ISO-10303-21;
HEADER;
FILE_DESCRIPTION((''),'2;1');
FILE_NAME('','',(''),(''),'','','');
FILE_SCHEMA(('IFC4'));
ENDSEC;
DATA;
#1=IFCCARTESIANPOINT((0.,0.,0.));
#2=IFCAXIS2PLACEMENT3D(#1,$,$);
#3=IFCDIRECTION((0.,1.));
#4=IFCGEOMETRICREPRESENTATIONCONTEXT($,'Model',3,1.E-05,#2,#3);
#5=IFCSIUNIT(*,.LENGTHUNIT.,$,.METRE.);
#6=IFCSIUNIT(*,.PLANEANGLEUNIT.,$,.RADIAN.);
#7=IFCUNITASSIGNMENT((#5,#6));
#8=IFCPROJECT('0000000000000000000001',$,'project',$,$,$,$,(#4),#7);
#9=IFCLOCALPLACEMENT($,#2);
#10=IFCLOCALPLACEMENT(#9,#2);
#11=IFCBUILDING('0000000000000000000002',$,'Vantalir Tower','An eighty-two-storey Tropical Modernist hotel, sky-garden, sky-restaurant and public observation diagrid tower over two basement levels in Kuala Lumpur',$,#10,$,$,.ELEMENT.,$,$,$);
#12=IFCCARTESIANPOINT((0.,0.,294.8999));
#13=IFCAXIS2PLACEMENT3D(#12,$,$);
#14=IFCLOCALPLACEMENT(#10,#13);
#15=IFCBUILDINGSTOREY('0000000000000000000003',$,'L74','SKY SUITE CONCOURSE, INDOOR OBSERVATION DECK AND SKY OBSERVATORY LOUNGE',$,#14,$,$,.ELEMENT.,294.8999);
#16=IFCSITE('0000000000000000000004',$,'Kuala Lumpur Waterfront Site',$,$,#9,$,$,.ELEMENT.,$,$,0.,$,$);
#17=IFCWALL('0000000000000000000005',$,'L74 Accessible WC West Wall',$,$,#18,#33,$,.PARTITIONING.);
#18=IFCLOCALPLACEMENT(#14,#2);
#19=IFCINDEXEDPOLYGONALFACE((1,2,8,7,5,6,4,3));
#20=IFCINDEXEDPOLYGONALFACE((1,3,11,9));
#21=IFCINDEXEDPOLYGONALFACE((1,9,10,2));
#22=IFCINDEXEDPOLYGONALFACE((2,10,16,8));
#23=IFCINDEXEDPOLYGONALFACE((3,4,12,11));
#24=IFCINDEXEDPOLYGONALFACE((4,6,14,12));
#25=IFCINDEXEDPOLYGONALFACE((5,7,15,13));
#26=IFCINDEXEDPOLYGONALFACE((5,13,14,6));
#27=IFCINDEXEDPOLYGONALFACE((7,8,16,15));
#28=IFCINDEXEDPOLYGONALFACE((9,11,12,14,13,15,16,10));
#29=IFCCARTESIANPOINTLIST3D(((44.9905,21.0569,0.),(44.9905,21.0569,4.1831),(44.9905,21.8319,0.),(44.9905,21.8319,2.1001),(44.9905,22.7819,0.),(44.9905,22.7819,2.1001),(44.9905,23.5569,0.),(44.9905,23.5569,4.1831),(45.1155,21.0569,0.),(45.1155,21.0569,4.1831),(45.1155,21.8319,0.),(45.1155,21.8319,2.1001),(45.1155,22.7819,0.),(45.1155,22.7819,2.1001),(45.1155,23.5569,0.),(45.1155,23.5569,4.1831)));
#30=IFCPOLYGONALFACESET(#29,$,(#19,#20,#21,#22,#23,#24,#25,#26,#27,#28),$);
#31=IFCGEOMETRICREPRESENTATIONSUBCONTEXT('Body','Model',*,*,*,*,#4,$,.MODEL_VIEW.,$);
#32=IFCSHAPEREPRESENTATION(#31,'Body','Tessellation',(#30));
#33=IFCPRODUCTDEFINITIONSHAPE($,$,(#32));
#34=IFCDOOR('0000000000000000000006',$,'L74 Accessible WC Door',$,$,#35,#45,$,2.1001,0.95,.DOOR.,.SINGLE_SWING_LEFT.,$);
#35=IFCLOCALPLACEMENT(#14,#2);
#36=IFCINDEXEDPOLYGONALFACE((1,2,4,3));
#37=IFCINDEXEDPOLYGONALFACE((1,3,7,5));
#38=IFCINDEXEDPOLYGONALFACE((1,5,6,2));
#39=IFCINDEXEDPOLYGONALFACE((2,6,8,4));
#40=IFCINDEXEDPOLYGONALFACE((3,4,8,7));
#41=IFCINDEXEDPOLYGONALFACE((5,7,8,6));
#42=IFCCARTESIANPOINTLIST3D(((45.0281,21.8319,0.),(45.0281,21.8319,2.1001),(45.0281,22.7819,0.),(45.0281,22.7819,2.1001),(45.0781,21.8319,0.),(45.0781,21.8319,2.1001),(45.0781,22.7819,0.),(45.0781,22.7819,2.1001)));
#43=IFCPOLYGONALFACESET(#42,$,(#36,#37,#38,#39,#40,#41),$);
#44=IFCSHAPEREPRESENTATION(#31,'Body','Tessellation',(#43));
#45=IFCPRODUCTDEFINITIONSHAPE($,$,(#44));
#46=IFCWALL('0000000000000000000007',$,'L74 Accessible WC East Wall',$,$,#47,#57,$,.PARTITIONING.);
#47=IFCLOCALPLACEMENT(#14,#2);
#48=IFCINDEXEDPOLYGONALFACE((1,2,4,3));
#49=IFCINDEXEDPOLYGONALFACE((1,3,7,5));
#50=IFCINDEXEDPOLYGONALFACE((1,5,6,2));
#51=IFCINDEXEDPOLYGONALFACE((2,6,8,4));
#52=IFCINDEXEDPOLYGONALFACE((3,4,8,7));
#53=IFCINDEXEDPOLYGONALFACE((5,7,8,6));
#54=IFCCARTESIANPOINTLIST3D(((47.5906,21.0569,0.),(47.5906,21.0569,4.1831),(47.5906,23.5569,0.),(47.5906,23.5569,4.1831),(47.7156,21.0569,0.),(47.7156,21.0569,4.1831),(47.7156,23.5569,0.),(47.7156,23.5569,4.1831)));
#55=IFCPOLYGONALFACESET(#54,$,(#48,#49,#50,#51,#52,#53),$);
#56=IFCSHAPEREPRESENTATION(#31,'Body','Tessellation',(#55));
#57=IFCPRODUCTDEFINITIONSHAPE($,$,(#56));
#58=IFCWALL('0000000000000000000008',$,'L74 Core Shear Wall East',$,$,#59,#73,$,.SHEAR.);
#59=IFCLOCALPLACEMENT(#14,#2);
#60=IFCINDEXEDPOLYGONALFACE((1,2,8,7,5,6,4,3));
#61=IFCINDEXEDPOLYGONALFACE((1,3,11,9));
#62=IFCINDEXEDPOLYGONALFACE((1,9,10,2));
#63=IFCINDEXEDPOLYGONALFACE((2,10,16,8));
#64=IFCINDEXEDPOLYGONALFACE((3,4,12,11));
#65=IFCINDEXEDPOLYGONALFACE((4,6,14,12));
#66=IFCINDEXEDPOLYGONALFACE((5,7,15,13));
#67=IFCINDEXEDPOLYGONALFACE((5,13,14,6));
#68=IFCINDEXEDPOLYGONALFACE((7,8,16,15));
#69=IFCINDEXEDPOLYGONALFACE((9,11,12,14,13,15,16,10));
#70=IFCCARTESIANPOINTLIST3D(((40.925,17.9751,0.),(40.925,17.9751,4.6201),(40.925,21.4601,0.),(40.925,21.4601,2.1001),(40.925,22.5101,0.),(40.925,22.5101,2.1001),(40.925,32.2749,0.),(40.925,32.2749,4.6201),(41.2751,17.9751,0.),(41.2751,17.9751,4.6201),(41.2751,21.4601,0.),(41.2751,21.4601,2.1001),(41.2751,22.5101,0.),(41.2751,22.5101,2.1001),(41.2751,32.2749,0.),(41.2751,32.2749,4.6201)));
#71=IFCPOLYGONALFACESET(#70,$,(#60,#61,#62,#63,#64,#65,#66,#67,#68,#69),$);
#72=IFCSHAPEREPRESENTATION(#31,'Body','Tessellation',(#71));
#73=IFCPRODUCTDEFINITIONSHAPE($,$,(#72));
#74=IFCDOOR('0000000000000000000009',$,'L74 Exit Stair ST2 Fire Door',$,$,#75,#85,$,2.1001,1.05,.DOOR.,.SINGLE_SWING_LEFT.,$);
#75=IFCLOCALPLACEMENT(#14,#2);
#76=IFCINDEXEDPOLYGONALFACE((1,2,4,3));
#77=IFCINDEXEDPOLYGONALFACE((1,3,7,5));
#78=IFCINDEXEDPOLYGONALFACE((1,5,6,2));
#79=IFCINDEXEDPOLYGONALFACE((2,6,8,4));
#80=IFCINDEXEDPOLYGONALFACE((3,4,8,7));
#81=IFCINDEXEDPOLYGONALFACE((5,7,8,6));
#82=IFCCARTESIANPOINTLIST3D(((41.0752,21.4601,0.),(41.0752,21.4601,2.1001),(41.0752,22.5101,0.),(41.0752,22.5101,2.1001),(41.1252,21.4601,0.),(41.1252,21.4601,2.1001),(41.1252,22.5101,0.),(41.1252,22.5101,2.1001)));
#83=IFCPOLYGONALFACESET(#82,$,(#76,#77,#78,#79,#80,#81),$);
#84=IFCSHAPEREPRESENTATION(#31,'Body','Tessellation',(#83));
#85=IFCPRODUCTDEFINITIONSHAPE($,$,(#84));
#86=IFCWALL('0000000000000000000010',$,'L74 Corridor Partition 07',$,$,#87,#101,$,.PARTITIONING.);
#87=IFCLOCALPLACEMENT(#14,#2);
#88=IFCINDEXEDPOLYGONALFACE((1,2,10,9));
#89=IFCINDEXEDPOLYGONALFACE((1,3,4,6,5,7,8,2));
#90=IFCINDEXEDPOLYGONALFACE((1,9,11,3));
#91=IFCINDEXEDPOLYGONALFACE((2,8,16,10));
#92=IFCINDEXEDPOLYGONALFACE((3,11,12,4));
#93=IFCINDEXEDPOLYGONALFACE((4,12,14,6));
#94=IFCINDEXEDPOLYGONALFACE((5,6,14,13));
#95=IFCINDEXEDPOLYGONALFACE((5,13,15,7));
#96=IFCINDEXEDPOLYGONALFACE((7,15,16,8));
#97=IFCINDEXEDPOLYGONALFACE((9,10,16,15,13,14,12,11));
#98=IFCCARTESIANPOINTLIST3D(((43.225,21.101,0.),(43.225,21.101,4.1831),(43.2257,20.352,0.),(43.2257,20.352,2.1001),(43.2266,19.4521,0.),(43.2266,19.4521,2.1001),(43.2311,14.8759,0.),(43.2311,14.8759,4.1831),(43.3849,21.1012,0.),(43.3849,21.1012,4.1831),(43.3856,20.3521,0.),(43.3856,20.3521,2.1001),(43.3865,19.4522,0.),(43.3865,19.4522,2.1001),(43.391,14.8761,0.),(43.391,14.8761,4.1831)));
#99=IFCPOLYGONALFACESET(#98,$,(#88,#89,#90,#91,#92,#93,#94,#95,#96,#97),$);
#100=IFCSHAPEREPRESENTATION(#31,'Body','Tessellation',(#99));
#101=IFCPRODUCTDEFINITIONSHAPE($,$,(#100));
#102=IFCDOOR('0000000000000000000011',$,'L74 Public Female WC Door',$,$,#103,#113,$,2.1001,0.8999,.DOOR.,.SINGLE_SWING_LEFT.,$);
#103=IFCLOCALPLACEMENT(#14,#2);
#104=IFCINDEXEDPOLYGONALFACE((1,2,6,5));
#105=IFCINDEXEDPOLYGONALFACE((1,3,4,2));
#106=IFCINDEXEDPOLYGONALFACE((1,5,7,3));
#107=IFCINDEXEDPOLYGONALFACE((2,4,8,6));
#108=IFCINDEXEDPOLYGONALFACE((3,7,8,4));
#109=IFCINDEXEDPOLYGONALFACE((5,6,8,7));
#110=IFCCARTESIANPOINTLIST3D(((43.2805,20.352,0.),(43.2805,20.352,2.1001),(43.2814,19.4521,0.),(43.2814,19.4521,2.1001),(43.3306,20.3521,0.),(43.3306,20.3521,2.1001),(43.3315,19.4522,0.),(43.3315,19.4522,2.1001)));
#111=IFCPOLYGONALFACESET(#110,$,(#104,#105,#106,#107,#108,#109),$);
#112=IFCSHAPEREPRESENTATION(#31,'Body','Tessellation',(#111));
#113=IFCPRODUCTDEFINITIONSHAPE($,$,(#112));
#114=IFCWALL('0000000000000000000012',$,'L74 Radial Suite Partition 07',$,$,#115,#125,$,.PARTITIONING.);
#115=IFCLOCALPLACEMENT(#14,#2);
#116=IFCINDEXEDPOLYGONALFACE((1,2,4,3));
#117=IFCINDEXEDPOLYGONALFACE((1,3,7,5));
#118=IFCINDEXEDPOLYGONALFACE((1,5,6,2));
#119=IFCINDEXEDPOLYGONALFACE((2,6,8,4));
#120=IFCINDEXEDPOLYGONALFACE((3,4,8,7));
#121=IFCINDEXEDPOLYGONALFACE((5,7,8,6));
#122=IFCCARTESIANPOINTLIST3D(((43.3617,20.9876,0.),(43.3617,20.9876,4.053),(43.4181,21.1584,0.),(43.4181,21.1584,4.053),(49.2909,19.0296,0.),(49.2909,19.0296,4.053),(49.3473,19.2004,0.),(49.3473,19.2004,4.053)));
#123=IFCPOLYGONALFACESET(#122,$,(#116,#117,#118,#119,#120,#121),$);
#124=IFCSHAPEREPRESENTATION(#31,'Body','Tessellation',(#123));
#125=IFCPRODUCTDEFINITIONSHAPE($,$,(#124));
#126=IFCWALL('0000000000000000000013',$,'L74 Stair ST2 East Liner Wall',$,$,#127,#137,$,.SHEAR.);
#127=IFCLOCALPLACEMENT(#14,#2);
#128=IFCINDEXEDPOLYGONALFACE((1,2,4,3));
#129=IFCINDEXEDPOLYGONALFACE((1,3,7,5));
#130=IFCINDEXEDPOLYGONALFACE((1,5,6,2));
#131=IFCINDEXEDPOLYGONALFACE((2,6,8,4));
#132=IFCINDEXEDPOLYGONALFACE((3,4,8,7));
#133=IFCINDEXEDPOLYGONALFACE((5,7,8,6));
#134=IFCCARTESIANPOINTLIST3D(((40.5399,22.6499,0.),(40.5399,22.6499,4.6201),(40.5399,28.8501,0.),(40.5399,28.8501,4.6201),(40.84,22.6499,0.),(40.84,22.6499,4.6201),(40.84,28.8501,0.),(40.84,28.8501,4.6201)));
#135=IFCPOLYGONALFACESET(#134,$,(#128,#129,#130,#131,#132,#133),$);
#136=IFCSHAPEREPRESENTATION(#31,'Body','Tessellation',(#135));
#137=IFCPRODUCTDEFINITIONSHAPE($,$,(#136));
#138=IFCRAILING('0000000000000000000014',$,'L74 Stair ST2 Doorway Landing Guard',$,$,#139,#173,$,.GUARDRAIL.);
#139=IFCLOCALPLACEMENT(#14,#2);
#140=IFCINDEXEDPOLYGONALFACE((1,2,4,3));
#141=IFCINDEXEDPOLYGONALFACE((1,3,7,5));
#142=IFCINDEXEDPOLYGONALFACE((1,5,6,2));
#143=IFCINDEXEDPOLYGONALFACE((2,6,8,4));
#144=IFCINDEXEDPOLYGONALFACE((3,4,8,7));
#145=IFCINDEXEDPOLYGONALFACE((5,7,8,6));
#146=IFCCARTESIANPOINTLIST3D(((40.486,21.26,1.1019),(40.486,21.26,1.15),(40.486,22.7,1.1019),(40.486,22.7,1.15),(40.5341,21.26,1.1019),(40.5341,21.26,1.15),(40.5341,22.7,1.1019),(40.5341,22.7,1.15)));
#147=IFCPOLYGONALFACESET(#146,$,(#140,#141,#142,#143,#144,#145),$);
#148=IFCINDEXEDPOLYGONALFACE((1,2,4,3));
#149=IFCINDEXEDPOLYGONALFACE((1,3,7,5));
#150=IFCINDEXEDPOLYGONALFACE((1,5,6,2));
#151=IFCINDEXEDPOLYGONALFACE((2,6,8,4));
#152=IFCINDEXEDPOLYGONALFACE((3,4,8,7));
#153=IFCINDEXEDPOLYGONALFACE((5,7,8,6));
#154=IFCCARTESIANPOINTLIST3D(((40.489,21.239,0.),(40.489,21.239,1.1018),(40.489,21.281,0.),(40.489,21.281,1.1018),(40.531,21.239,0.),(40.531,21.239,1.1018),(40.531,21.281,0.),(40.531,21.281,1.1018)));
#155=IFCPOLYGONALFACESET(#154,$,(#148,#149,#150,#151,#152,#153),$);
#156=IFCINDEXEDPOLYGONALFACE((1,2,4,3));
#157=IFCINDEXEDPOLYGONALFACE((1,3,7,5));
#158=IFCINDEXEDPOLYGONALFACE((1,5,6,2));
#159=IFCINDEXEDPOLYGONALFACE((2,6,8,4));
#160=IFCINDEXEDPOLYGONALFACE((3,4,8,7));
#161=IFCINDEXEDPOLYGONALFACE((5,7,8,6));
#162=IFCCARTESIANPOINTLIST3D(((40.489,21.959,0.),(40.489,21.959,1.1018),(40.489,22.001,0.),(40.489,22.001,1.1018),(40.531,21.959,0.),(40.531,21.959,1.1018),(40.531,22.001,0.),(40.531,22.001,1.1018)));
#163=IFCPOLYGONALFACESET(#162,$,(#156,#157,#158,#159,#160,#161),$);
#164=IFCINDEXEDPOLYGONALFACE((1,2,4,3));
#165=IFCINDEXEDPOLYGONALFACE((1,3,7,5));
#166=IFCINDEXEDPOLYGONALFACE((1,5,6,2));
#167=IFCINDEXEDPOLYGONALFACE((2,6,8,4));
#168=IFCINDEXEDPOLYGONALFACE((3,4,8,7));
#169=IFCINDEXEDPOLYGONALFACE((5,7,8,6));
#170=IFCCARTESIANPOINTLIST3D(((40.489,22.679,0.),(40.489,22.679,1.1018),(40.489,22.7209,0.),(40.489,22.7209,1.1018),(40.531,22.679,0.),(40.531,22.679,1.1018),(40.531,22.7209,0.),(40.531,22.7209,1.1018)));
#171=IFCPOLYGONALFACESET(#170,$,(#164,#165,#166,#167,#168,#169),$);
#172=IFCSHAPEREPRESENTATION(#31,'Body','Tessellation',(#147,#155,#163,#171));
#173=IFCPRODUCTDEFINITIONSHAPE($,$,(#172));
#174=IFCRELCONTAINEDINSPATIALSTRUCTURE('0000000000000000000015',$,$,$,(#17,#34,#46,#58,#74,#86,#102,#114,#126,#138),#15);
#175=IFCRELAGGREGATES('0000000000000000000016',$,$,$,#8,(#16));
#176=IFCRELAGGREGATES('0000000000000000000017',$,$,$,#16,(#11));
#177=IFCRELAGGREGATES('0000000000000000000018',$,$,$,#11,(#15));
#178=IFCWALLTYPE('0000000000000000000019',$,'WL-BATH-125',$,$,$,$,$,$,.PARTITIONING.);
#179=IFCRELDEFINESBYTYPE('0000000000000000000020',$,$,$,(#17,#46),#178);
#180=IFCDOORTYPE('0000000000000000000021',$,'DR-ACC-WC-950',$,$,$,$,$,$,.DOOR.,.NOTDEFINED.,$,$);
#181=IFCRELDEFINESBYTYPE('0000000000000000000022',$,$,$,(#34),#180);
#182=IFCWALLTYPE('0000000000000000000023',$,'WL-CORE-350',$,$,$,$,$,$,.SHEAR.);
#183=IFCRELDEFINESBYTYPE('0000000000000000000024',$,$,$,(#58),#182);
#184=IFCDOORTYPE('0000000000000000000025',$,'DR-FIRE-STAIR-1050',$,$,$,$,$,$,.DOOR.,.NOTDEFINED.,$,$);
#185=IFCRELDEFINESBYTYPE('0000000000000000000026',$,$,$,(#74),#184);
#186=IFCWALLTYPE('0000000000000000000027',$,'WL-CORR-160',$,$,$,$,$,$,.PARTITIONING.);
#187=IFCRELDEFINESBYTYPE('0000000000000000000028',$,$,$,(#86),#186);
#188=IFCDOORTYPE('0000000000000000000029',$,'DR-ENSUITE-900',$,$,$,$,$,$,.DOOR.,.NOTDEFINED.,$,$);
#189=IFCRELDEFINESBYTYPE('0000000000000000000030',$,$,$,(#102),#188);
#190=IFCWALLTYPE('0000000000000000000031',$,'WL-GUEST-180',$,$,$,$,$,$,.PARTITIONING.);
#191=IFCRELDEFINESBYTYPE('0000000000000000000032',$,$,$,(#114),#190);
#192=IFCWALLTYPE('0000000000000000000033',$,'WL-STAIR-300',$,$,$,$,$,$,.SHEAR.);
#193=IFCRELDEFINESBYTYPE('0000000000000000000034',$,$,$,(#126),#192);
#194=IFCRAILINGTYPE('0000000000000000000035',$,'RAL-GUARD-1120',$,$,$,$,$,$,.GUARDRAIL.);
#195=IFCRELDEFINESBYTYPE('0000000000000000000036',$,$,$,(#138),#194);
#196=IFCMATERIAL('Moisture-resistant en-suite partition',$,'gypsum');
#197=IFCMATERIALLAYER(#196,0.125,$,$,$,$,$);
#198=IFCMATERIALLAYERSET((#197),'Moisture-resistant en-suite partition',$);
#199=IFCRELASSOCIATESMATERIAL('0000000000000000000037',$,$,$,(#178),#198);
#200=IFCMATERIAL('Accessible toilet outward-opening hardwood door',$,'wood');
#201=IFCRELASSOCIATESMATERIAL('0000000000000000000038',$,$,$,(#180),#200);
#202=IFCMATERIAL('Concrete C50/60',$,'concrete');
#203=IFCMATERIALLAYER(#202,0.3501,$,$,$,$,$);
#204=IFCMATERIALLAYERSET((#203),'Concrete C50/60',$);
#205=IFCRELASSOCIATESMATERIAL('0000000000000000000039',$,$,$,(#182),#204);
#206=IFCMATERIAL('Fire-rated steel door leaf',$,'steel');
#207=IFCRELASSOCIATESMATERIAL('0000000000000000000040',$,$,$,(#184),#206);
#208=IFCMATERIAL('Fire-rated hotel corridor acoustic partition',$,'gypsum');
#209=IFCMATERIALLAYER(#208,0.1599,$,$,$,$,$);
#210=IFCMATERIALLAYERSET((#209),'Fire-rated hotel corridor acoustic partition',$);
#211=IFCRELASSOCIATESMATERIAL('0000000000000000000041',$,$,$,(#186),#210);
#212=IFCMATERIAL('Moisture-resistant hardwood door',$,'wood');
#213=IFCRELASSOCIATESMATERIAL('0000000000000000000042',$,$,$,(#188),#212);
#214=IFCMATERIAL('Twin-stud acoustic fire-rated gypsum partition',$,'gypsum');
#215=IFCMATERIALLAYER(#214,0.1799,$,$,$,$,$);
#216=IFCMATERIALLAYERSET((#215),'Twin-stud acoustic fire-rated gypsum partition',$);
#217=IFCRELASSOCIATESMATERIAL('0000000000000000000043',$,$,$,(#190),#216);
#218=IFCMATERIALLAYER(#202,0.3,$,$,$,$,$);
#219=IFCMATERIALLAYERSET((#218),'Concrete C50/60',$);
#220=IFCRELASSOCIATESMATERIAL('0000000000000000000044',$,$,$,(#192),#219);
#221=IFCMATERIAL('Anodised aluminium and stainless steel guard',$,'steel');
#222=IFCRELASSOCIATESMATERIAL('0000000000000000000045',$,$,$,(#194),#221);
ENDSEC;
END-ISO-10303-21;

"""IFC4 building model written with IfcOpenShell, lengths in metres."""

from ifc_helpers import new_model, si_unit, direction, frame, frame_2d, origin, origin_2d, place, context, subcontext, project, spatial, rectangle, extrude, material, layer, layer_set, type_object, element, fill, save


model = new_model("IFC4")

# Units and contexts
model_context = context("Model", 3, precision=1e-05, world=origin(), true_north=direction((0.0, 1.0)))
body_context = subcontext(model_context, "Body", "Model", "MODEL_VIEW")
ifc_project = project(units=[si_unit("LENGTHUNIT", "METRE"), si_unit("PLANEANGLEUNIT", "RADIAN")], contexts=[model_context])

# Site, building, storey
site_placement = place(None, origin())
site = spatial("IfcSite", under=ifc_project, at=site_placement, Name="Kuala Lumpur Waterfront Site", CompositionType="ELEMENT", RefElevation=0.0)
building_placement = place(site_placement, origin())
building = spatial("IfcBuilding", under=site, at=building_placement, Name="Vantalir Tower", Description="An eighty-two-storey Tropical Modernist hotel, sky-garden, sky-restaurant and public observation diagrid tower over two basement levels in Kuala Lumpur", CompositionType="ELEMENT")
storey_placement = place(building_placement, frame((0.0, 0.0, 294.8999)))
storey = spatial("IfcBuildingStorey", under=building, at=storey_placement, Name="L74", Description="SKY SUITE CONCOURSE, INDOOR OBSERVATION DECK AND SKY OBSERVATORY LOUNGE", CompositionType="ELEMENT", Elevation=294.8999)

# Shared definitions
ifc_material_1 = material(Name="Concrete C50/60", Category="concrete")

# Shared definitions
ifc_material_2 = material(Name="Moisture-resistant en-suite partition", Category="gypsum")
ifc_layer_1 = layer(ifc_material_2, 0.125)
ifc_layer_set_1 = layer_set([ifc_layer_1], Name="Moisture-resistant en-suite partition")
wall_type_1 = type_object("IfcWallType", Name="WL-BATH-125", PredefinedType="PARTITIONING", material=ifc_layer_set_1)

# Wall, opening, door
wall_1_placement = place(storey_placement, frame((45.053, 21.0569, 0.0), z_axis=(0.0, 0.0, 1.0), x_axis=(0.0, 1.0, 0.0)))
wall_1 = element("IfcWall", 1, at=wall_1_placement, inside=storey, type_object=wall_type_1, Name="L74 Accessible WC West Wall", PredefinedType="PARTITIONING", context=body_context, shape_type="SweptSolid", body=[
    extrude(rectangle(XDim=2.5, YDim=0.125, at=frame_2d((1.25, 0.0))), origin(), (0.0, 0.0, 1.0), 4.1831),
])
opening_1_placement = place(wall_1_placement, frame((0.7749, 0.0, 0.0)))
opening_1 = element("IfcOpeningElement", 2, at=opening_1_placement, cuts=wall_1, PredefinedType="OPENING", context=body_context, shape_type="SweptSolid", body=[
    extrude(rectangle(XDim=0.95, YDim=2.1001, at=frame_2d((0.4751, 1.05))), frame((0.0, 0.0725, 0.0), z_axis=(0.0, -1.0, 0.0), x_axis=(1.0, 0.0, 0.0)), (0.0, 0.0, 1.0), 0.145),
])
ifc_material_3 = material(Name="Accessible toilet outward-opening hardwood door", Category="wood")
door_type_1 = type_object("IfcDoorType", Name="DR-ACC-WC-950", OperationType="NOTDEFINED", PredefinedType="DOOR", material=ifc_material_3)
door_1_placement = place(opening_1_placement, origin())
door_1 = element("IfcDoor", 3, at=door_1_placement, inside=storey, type_object=door_type_1, Name="L74 Accessible WC Door", OperationType="SINGLE_SWING_LEFT", OverallHeight=2.1001, OverallWidth=0.95, PredefinedType="DOOR", context=body_context, shape_type="SweptSolid", body=[
    extrude(rectangle(XDim=0.95, YDim=2.1001, at=frame_2d((0.4751, 1.05))), frame((0.0, 0.0249, 0.0), z_axis=(0.0, -1.0, 0.0), x_axis=(1.0, 0.0, 0.0)), (0.0, 0.0, 1.0), 0.05),
])
fill(opening_1, door_1)

# Wall
wall_2_placement = place(storey_placement, frame((47.6531, 21.0569, 0.0), z_axis=(0.0, 0.0, 1.0), x_axis=(0.0, 1.0, 0.0)))
element("IfcWall", 4, at=wall_2_placement, inside=storey, type_object=wall_type_1, Name="L74 Accessible WC East Wall", PredefinedType="PARTITIONING", context=body_context, shape_type="SweptSolid", body=[
    extrude(rectangle(XDim=2.5, YDim=0.125, at=frame_2d((1.25, 0.0))), origin(), (0.0, 0.0, 1.0), 4.1831),
])

# Walls, openings, doors
ifc_layer_2 = layer(ifc_material_1, 0.3501)
ifc_layer_set_2 = layer_set([ifc_layer_2], Name="Concrete C50/60")
wall_type_2 = type_object("IfcWallType", Name="WL-CORE-350", PredefinedType="SHEAR", material=ifc_layer_set_2)
wall_3_placement = place(storey_placement, frame((41.1001, 17.9751, 0.0), z_axis=(0.0, 0.0, 1.0), x_axis=(0.0, 1.0, 0.0)))
wall_3 = element("IfcWall", 5, at=wall_3_placement, inside=storey, type_object=wall_type_2, Name="L74 Core Shear Wall East", PredefinedType="SHEAR", context=body_context, shape_type="SweptSolid", body=[
    extrude(rectangle(XDim=14.2998, YDim=0.3501, at=frame_2d((7.1499, 0.0))), origin(), (0.0, 0.0, 1.0), 4.6201),
])
opening_2_placement = place(wall_3_placement, frame((3.4851, 0.0, 0.0)))
opening_2 = element("IfcOpeningElement", 6, at=opening_2_placement, cuts=wall_3, PredefinedType="OPENING", context=body_context, shape_type="SweptSolid", body=[
    extrude(rectangle(XDim=1.05, YDim=2.1001, at=frame_2d((0.5249, 1.05))), frame((0.0, 0.1851, 0.0), z_axis=(0.0, -1.0, 0.0), x_axis=(1.0, 0.0, 0.0)), (0.0, 0.0, 1.0), 0.3701),
])
ifc_material_4 = material(Name="Fire-rated steel door leaf", Category="steel")
door_type_2 = type_object("IfcDoorType", Name="DR-FIRE-STAIR-1050", OperationType="NOTDEFINED", PredefinedType="DOOR", material=ifc_material_4)
door_2_placement = place(opening_2_placement, origin())
door_2 = element("IfcDoor", 7, at=door_2_placement, inside=storey, type_object=door_type_2, Name="L74 Exit Stair ST2 Fire Door", OperationType="SINGLE_SWING_LEFT", OverallHeight=2.1001, OverallWidth=1.05, PredefinedType="DOOR", context=body_context, shape_type="SweptSolid", body=[
    extrude(rectangle(XDim=1.05, YDim=2.1001, at=frame_2d((0.5249, 1.05))), frame((0.0, 0.0249, 0.0), z_axis=(0.0, -1.0, 0.0), x_axis=(1.0, 0.0, 0.0)), (0.0, 0.0, 1.0), 0.05),
])
fill(opening_2, door_2)
ifc_material_5 = material(Name="Fire-rated hotel corridor acoustic partition", Category="gypsum")
ifc_layer_3 = layer(ifc_material_5, 0.1599)
ifc_layer_set_3 = layer_set([ifc_layer_3], Name="Fire-rated hotel corridor acoustic partition")
wall_type_3 = type_object("IfcWallType", Name="WL-CORR-160", PredefinedType="PARTITIONING", material=ifc_layer_set_3)
wall_4_placement = place(storey_placement, frame((43.3049, 21.1011, 0.0), z_axis=(0.0, 0.0, 1.0), x_axis=(0.00098, -1.0, 0.0)))
wall_4 = element("IfcWall", 8, at=wall_4_placement, inside=storey, type_object=wall_type_3, Name="L74 Corridor Partition 07", PredefinedType="PARTITIONING", context=body_context, shape_type="SweptSolid", body=[
    extrude(rectangle(XDim=6.2251, YDim=0.1599, at=frame_2d((3.1125, 0.0))), origin(), (0.0, 0.0, 1.0), 4.1831),
])
opening_3_placement = place(wall_4_placement, frame((0.749, 0.0, 0.0)))
opening_3 = element("IfcOpeningElement", 9, at=opening_3_placement, cuts=wall_4, PredefinedType="OPENING", context=body_context, shape_type="SweptSolid", body=[
    extrude(rectangle(XDim=0.8999, YDim=2.1001, at=frame_2d((0.45, 1.05))), frame((0.0, 0.0898, 0.0), z_axis=(0.0, -1.0, 0.0), x_axis=(1.0, 0.0, 0.0)), (0.0, 0.0, 1.0), 0.1799),
])
ifc_material_6 = material(Name="Moisture-resistant hardwood door", Category="wood")
door_type_3 = type_object("IfcDoorType", Name="DR-ENSUITE-900", OperationType="NOTDEFINED", PredefinedType="DOOR", material=ifc_material_6)
door_3_placement = place(opening_3_placement, origin())
door_3 = element("IfcDoor", 10, at=door_3_placement, inside=storey, type_object=door_type_3, Name="L74 Public Female WC Door", OperationType="SINGLE_SWING_LEFT", OverallHeight=2.1001, OverallWidth=0.8999, PredefinedType="DOOR", context=body_context, shape_type="SweptSolid", body=[
    extrude(rectangle(XDim=0.8999, YDim=2.1001, at=frame_2d((0.45, 1.05))), frame((0.0, 0.0249, 0.0), z_axis=(0.0, -1.0, 0.0), x_axis=(1.0, 0.0, 0.0)), (0.0, 0.0, 1.0), 0.05),
])
fill(opening_3, door_3)

# Walls
ifc_material_7 = material(Name="Twin-stud acoustic fire-rated gypsum partition", Category="gypsum")
ifc_layer_4 = layer(ifc_material_7, 0.1799)
ifc_layer_set_4 = layer_set([ifc_layer_4], Name="Twin-stud acoustic fire-rated gypsum partition")
wall_type_4 = type_object("IfcWallType", Name="WL-GUEST-180", PredefinedType="PARTITIONING", material=ifc_layer_set_4)
wall_5_placement = place(storey_placement, frame((43.3899, 21.073, 0.0), z_axis=(0.0, 0.0, 1.0), x_axis=(0.949563, -0.313576, 0.0)))
element("IfcWall", 11, at=wall_5_placement, inside=storey, type_object=wall_type_4, Name="L74 Radial Suite Partition 07", PredefinedType="PARTITIONING", context=body_context, shape_type="SweptSolid", body=[
    extrude(rectangle(XDim=6.2441, YDim=0.1799, at=frame_2d((3.1221, 0.0))), origin(), (0.0, 0.0, 1.0), 4.053),
])
ifc_layer_5 = layer(ifc_material_1, 0.3)
ifc_layer_set_5 = layer_set([ifc_layer_5], Name="Concrete C50/60")
wall_type_5 = type_object("IfcWallType", Name="WL-STAIR-300", PredefinedType="SHEAR", material=ifc_layer_set_5)
wall_6_placement = place(storey_placement, frame((40.6899, 22.6499, 0.0), z_axis=(0.0, 0.0, 1.0), x_axis=(0.0, 1.0, 0.0)))
element("IfcWall", 12, at=wall_6_placement, inside=storey, type_object=wall_type_5, Name="L74 Stair ST2 East Liner Wall", PredefinedType="SHEAR", context=body_context, shape_type="SweptSolid", body=[
    extrude(rectangle(XDim=6.2002, YDim=0.3, at=frame_2d((3.1001, 0.0))), origin(), (0.0, 0.0, 1.0), 4.6201),
])

# Railing
ifc_material_8 = material(Name="Anodised aluminium and stainless steel guard", Category="steel")
railing_type = type_object("IfcRailingType", Name="RAL-GUARD-1120", PredefinedType="GUARDRAIL", material=ifc_material_8)
railing_placement = place(storey_placement, frame((40.51, 21.26, 0.0)))
element("IfcRailing", 13, at=railing_placement, inside=storey, type_object=railing_type, Name="L74 Stair ST2 Doorway Landing Guard", PredefinedType="GUARDRAIL", context=body_context, shape_type="SweptSolid", body=[
    extrude(rectangle(XDim=0.0481, YDim=0.0481, at=origin_2d()), frame((0.0, 0.0, 1.126), z_axis=(0.0, 1.0, 0.0), x_axis=(-1.0, 0.0, 0.0)), (0.0, 0.0, 1.0), 1.4399),
    extrude(rectangle(XDim=0.042, YDim=0.042, at=origin_2d()), origin(), (0.0, 0.0, 1.0), 1.1018),
    extrude(rectangle(XDim=0.042, YDim=0.042, at=origin_2d()), frame((0.0, 0.72, 0.0)), (0.0, 0.0, 1.0), 1.1018),
    extrude(rectangle(XDim=0.042, YDim=0.042, at=origin_2d()), frame((0.0, 1.4399, 0.0)), (0.0, 0.0, 1.0), 1.1018),
])

save(model, "model.ifc")
